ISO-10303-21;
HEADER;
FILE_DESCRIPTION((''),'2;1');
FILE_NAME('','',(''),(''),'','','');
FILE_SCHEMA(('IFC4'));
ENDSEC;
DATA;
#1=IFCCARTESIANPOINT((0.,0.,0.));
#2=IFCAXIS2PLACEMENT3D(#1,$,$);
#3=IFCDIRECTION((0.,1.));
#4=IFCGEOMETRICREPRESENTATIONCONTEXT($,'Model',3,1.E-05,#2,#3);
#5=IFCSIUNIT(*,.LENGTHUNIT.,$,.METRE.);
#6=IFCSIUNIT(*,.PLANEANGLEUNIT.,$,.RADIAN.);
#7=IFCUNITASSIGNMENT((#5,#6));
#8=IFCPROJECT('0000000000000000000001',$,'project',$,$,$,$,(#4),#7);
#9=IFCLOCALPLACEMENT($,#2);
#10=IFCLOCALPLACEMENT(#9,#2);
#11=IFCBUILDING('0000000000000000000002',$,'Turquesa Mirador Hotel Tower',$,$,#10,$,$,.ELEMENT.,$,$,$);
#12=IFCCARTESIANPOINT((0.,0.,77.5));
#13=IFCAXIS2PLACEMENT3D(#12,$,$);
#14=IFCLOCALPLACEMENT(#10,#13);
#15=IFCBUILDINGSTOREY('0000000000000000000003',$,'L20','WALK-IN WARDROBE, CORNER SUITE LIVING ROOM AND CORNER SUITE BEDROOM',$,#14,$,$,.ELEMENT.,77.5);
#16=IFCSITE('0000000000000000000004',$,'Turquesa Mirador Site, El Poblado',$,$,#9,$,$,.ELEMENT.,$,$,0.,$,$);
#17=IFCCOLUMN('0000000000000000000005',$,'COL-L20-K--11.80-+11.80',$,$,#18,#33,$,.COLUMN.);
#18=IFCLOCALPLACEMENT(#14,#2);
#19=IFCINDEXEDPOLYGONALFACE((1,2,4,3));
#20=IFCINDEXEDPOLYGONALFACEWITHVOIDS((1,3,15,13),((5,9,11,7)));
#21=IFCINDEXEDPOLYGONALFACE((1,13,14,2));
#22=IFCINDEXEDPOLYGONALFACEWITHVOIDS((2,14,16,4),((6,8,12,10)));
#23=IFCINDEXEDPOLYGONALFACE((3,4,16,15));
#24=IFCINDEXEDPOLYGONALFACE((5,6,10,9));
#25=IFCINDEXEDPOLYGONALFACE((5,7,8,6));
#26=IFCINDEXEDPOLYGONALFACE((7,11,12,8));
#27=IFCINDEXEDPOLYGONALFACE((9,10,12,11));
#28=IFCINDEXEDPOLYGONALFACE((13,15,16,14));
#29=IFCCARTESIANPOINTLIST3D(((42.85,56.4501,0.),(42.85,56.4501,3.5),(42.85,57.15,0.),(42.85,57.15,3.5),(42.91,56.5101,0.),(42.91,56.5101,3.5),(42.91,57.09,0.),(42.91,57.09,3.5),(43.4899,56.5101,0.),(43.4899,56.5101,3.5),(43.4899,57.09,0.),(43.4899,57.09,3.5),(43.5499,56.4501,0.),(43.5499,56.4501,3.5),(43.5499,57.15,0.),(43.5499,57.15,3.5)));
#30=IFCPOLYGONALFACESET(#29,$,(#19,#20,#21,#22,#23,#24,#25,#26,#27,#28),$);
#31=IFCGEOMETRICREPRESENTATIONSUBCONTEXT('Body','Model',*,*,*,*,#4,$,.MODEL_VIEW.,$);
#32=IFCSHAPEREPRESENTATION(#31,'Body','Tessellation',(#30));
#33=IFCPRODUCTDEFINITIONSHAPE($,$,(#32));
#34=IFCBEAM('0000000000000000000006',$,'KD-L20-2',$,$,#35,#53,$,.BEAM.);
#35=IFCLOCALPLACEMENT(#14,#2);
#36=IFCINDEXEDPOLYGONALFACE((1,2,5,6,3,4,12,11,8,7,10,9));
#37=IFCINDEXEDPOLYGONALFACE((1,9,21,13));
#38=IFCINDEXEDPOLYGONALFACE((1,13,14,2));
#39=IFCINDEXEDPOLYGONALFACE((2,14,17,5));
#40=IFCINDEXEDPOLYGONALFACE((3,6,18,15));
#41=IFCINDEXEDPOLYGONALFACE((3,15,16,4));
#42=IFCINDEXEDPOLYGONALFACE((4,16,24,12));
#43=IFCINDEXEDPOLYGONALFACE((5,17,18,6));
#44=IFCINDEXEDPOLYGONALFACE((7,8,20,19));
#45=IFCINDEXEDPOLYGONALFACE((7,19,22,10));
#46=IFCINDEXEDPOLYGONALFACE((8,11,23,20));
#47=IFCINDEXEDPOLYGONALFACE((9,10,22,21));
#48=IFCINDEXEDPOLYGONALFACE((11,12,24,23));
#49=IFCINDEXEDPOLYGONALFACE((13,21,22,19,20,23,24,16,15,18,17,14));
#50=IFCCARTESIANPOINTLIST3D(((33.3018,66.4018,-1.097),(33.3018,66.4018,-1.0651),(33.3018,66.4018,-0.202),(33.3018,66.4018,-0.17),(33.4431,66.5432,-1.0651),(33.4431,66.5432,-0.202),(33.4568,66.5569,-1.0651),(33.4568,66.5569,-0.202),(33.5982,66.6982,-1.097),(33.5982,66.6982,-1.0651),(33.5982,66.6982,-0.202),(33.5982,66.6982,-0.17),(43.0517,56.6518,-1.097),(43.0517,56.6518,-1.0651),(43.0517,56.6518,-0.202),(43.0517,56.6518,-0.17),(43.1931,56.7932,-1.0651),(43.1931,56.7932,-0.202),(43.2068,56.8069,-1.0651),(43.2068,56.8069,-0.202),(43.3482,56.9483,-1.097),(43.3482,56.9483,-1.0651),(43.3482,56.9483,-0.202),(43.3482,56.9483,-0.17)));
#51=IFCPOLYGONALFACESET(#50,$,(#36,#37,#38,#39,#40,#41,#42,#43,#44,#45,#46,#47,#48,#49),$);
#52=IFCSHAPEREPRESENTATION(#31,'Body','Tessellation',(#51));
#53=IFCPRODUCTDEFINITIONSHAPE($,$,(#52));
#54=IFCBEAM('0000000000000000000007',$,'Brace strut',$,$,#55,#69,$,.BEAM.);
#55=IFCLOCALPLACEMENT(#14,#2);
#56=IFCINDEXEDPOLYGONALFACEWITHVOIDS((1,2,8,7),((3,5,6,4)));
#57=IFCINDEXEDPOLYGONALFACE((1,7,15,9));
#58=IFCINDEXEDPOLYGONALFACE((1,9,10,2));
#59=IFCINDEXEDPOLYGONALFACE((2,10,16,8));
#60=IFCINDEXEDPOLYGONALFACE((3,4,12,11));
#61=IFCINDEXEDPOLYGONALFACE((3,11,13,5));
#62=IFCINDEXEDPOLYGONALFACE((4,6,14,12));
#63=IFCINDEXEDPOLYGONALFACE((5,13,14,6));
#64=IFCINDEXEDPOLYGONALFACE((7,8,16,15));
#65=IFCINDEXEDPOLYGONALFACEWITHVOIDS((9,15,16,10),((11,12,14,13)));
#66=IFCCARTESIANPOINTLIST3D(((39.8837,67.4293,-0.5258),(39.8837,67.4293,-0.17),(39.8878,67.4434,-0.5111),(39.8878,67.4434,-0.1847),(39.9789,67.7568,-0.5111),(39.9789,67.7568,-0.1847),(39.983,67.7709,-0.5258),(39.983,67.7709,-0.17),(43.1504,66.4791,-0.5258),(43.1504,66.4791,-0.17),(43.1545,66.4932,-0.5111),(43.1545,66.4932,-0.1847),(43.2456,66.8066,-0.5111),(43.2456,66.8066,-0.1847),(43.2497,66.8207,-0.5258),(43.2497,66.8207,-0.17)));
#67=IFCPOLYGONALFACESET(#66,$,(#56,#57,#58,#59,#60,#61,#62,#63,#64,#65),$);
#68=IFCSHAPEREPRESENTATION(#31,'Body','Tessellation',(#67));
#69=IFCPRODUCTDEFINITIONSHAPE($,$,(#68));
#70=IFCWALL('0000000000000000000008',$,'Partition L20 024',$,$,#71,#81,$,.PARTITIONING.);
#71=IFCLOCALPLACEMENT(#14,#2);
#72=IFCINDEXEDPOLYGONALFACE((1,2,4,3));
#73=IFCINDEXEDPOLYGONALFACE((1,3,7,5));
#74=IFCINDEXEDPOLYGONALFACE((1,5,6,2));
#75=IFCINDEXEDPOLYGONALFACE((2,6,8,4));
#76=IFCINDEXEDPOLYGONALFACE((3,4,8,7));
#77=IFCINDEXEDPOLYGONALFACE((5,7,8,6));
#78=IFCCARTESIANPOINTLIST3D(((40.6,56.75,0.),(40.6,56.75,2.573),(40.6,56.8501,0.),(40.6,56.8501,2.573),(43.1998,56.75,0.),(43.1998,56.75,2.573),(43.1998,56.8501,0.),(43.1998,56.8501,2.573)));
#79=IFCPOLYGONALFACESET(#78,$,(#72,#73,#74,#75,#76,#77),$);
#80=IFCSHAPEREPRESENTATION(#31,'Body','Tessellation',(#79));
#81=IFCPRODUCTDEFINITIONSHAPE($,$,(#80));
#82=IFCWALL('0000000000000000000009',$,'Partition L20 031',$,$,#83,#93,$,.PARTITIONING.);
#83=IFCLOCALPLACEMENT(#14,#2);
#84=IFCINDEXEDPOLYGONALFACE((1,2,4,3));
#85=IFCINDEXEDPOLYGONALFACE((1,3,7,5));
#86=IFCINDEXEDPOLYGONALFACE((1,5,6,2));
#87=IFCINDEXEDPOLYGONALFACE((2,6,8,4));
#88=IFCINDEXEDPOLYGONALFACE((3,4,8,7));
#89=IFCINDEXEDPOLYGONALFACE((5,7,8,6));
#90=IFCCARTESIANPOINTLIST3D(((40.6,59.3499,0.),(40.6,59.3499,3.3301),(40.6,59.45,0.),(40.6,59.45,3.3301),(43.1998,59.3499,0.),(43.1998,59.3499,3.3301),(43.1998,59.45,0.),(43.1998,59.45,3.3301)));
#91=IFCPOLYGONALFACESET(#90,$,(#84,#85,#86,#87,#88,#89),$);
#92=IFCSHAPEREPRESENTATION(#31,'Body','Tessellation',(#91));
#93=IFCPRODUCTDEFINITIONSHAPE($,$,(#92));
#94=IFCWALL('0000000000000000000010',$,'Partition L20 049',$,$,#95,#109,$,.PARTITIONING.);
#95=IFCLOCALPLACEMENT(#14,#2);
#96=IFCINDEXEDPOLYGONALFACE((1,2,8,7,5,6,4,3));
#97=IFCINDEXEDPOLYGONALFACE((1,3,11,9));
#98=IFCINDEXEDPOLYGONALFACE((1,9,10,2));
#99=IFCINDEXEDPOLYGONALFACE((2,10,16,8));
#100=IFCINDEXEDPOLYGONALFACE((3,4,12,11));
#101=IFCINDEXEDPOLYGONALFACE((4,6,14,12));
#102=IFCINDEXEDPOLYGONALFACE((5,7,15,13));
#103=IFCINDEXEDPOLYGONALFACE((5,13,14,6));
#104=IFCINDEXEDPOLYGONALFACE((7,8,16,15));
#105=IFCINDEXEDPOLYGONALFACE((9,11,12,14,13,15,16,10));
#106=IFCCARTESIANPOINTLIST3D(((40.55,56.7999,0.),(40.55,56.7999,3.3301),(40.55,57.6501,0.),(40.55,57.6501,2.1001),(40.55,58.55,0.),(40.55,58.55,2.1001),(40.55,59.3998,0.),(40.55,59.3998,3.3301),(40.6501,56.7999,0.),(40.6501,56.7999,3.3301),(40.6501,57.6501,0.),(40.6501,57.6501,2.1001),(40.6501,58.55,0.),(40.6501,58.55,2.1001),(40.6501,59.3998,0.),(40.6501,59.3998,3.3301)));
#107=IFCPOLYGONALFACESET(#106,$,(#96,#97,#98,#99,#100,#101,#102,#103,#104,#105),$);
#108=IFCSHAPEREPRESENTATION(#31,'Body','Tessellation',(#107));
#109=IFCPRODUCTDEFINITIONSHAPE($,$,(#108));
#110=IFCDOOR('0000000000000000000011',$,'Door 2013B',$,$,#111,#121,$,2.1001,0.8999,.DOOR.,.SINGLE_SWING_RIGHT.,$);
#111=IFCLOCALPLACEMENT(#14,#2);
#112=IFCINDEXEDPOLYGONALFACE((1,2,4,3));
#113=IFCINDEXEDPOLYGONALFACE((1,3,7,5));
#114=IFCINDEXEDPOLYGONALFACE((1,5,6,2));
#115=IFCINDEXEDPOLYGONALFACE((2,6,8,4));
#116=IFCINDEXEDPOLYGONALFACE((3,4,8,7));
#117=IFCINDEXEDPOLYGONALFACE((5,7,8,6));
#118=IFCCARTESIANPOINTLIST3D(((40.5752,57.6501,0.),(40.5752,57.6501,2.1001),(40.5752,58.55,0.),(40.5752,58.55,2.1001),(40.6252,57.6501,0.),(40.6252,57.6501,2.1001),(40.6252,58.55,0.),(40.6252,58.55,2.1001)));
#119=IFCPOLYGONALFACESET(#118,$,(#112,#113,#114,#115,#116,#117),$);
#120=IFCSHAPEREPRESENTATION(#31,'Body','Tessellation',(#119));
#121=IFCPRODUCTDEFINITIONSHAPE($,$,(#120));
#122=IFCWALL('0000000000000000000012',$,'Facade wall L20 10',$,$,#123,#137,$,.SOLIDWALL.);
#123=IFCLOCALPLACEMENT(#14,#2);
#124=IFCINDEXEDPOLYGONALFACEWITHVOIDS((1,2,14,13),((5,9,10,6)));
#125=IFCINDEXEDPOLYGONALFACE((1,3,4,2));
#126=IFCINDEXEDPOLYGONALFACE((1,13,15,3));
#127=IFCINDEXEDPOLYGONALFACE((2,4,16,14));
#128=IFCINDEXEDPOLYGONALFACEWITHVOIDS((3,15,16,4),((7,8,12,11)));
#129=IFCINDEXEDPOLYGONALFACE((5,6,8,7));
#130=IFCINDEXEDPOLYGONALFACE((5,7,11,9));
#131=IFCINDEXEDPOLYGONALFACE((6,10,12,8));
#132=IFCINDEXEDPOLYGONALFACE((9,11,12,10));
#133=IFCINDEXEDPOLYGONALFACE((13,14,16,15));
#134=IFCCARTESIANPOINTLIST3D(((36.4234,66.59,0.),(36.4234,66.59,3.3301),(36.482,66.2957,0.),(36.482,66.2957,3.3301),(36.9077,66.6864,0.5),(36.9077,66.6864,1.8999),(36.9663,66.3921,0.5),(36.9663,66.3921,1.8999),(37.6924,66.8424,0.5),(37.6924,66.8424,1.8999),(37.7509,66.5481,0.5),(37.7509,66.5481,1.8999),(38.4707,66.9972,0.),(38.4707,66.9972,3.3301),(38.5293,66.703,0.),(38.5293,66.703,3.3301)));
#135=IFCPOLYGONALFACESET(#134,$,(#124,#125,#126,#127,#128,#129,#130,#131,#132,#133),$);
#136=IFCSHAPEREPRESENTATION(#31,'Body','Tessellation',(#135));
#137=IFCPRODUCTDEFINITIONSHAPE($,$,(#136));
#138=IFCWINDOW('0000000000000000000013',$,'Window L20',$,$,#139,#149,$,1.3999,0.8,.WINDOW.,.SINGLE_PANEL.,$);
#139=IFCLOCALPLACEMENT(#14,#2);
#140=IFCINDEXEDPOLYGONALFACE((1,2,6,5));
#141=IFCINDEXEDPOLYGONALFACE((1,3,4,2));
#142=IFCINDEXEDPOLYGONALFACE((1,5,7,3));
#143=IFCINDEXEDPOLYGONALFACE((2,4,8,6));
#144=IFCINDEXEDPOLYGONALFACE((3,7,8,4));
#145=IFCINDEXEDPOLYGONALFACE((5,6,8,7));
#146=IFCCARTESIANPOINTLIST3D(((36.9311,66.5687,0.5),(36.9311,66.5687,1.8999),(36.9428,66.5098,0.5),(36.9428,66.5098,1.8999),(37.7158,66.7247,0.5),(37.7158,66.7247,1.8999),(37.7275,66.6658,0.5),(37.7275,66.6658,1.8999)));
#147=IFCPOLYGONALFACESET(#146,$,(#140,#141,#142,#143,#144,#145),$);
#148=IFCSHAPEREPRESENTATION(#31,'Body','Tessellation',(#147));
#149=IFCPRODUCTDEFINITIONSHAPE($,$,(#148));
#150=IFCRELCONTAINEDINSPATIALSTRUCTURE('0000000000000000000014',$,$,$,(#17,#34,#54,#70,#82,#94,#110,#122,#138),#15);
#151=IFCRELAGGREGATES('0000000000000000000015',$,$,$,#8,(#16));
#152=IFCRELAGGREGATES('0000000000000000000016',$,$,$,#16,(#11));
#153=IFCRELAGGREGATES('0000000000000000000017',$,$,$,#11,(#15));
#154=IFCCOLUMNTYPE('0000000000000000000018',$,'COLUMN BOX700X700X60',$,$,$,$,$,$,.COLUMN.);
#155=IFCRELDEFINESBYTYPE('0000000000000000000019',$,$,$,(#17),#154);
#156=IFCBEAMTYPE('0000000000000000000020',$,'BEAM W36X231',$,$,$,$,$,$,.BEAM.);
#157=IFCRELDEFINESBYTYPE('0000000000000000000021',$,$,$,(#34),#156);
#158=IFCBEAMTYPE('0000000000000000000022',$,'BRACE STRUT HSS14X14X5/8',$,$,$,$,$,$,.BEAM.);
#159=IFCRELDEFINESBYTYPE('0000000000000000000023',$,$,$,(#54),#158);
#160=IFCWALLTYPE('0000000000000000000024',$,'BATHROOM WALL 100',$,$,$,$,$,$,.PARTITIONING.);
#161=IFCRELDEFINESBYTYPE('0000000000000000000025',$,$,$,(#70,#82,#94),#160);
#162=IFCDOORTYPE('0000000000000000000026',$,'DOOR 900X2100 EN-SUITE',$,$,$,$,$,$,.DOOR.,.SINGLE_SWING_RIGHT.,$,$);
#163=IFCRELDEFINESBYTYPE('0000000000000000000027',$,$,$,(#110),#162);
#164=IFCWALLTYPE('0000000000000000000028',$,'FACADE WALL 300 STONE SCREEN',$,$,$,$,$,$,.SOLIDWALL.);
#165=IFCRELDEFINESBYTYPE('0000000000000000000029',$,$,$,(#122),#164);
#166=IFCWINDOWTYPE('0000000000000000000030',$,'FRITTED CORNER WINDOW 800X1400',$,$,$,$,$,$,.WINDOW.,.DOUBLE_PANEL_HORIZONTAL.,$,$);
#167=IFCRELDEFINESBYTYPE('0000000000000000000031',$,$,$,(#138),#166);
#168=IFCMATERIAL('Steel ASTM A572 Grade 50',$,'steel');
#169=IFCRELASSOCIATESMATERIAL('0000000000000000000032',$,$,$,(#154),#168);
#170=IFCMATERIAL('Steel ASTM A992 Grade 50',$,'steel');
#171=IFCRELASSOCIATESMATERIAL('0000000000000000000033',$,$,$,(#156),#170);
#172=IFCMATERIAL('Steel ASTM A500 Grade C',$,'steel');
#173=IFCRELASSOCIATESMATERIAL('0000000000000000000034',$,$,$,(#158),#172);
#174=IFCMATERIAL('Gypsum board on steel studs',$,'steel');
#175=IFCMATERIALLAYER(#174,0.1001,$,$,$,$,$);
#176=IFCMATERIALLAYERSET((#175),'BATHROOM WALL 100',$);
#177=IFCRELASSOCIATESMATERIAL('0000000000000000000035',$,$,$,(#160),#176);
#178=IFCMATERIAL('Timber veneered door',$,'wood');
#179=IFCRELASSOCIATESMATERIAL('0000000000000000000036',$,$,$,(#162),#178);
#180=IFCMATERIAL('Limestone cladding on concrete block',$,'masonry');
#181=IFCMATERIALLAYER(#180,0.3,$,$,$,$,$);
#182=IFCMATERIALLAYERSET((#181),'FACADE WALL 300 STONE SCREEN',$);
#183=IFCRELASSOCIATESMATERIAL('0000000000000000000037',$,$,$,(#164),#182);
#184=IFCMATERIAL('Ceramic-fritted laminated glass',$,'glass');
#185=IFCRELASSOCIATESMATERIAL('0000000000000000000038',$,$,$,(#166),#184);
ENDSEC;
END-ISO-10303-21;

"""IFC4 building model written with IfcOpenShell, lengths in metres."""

from ifc_helpers import new_model, si_unit, direction, frame, frame_2d, origin, origin_2d, place, context, subcontext, project, spatial, rectangle, hollow_rectangle, i_section, extrude, material, layer, layer_set, material_profile, profile_set, type_object, element, fill, save


model = new_model("IFC4")

# Units and contexts
model_context = context("Model", 3, precision=1e-05, world=origin(), true_north=direction((0.0, 1.0)))
body_context = subcontext(model_context, "Body", "Model", "MODEL_VIEW")
ifc_project = project(units=[si_unit("LENGTHUNIT", "METRE"), si_unit("PLANEANGLEUNIT", "RADIAN")], contexts=[model_context])

# Site, building, storey
site_placement = place(None, origin())
site = spatial("IfcSite", under=ifc_project, at=site_placement, Name="Turquesa Mirador Site, El Poblado", CompositionType="ELEMENT", RefElevation=0.0)
building_placement = place(site_placement, origin())
building = spatial("IfcBuilding", under=site, at=building_placement, Name="Turquesa Mirador Hotel Tower", CompositionType="ELEMENT")
storey_placement = place(building_placement, frame((0.0, 0.0, 77.5)))
storey = spatial("IfcBuildingStorey", under=building, at=storey_placement, Name="L20", Description="WALK-IN WARDROBE, CORNER SUITE LIVING ROOM AND CORNER SUITE BEDROOM", CompositionType="ELEMENT", Elevation=77.5)

# Column
ifc_material_1 = material(Name="Steel ASTM A572 Grade 50", Category="steel")
ifc_material_profile_1 = material_profile(ifc_material_1, hollow_rectangle(XDim=0.7, YDim=0.7, WallThickness=0.0601, at=origin_2d()), Name="BOX700X700X60")
ifc_profile_set_1 = profile_set([ifc_material_profile_1], Name="Steel ASTM A572 Grade 50")
column_type = type_object("IfcColumnType", Name="COLUMN BOX700X700X60", PredefinedType="COLUMN", material=ifc_profile_set_1)
column_placement = place(storey_placement, frame((43.2, 56.8, 0.0), z_axis=(0.0, 0.0, 1.0), x_axis=(1.0, 0.0, 0.0)))
element("IfcColumn", 1, at=column_placement, inside=storey, type_object=column_type, Name="COL-L20-K--11.80-+11.80", PredefinedType="COLUMN", context=body_context, shape_type="SweptSolid", body=[
    extrude(hollow_rectangle(XDim=0.7, YDim=0.7, WallThickness=0.0601, at=origin_2d()), origin(), (0.0, 0.0, 1.0), 3.5),
])

# Beams
ifc_material_2 = material(Name="Steel ASTM A992 Grade 50", Category="steel")
ifc_material_profile_2 = material_profile(ifc_material_2, i_section(OverallWidth=0.4192, OverallDepth=0.927, WebThickness=0.0193, FlangeThickness=0.032, at=origin_2d()), Name="W36X231")
ifc_profile_set_2 = profile_set([ifc_material_profile_2], Name="Steel ASTM A992 Grade 50")
beam_type_1 = type_object("IfcBeamType", Name="BEAM W36X231", PredefinedType="BEAM", material=ifc_profile_set_2)
beam_1_placement = place(storey_placement, frame((43.2, 56.8, -0.6335), z_axis=(-0.707107, 0.707107, 0.0), x_axis=(-0.707107, -0.707107, 0.0)))
element("IfcBeam", 2, at=beam_1_placement, inside=storey, type_object=beam_type_1, Name="KD-L20-2", PredefinedType="BEAM", context=body_context, shape_type="SweptSolid", body=[
    extrude(i_section(OverallWidth=0.4192, OverallDepth=0.927, WebThickness=0.0193, FlangeThickness=0.032, at=origin_2d()), origin(), (0.0, 0.0, 1.0), 13.7886),
])
ifc_material_3 = material(Name="Steel ASTM A500 Grade C", Category="steel")
ifc_material_profile_3 = material_profile(ifc_material_3, hollow_rectangle(XDim=0.3557, YDim=0.3557, WallThickness=0.0146, at=origin_2d()), Name="HSS14X14X5/8")
ifc_profile_set_3 = profile_set([ifc_material_profile_3], Name="Steel ASTM A500 Grade C")
beam_type_2 = type_object("IfcBeamType", Name="BRACE STRUT HSS14X14X5/8", PredefinedType="BEAM", material=ifc_profile_set_3)
beam_2_placement = place(storey_placement, frame((39.9333, 67.6001, -0.3479), z_axis=(0.960202, -0.279305, 0.0), x_axis=(0.279305, 0.960202, 0.0)))
element("IfcBeam", 3, at=beam_2_placement, inside=storey, type_object=beam_type_2, Name="Brace strut", PredefinedType="BEAM", context=body_context, shape_type="SweptSolid", body=[
    extrude(hollow_rectangle(XDim=0.3557, YDim=0.3557, WallThickness=0.0146, at=origin_2d()), origin(), (0.0, 0.0, 1.0), 3.4021),
])

# Walls
ifc_material_4 = material(Name="Gypsum board on steel studs", Category="steel")
ifc_layer_1 = layer(ifc_material_4, 0.1001)
ifc_layer_set_1 = layer_set([ifc_layer_1], Name="BATHROOM WALL 100")
wall_type_1 = type_object("IfcWallType", Name="BATHROOM WALL 100", PredefinedType="PARTITIONING", material=ifc_layer_set_1)
wall_1_placement = place(storey_placement, frame((40.6001, 56.8, 0.0), z_axis=(0.0, 0.0, 1.0), x_axis=(1.0, 0.0, 0.0)))
element("IfcWall", 4, at=wall_1_placement, inside=storey, type_object=wall_type_1, Name="Partition L20 024", PredefinedType="PARTITIONING", context=body_context, shape_type="SweptSolid", body=[
    extrude(rectangle(XDim=2.5999, YDim=0.1001, at=frame_2d((1.2998, 0.0))), origin(), (0.0, 0.0, 1.0), 2.573),
])
wall_2_placement = place(storey_placement, frame((40.6001, 59.3999, 0.0), z_axis=(0.0, 0.0, 1.0), x_axis=(1.0, 0.0, 0.0)))
element("IfcWall", 5, at=wall_2_placement, inside=storey, type_object=wall_type_1, Name="Partition L20 031", PredefinedType="PARTITIONING", context=body_context, shape_type="SweptSolid", body=[
    extrude(rectangle(XDim=2.5999, YDim=0.1001, at=frame_2d((1.2998, 0.0))), origin(), (0.0, 0.0, 1.0), 3.3301),
])

# Wall, opening, door
wall_3_placement = place(storey_placement, frame((40.6001, 56.8, 0.0), z_axis=(0.0, 0.0, 1.0), x_axis=(0.0, 1.0, 0.0)))
wall_3 = element("IfcWall", 6, at=wall_3_placement, inside=storey, type_object=wall_type_1, Name="Partition L20 049", PredefinedType="PARTITIONING", context=body_context, shape_type="SweptSolid", body=[
    extrude(rectangle(XDim=2.5999, YDim=0.1001, at=frame_2d((1.2998, 0.0))), origin(), (0.0, 0.0, 1.0), 3.3301),
])
opening_1_placement = place(wall_3_placement, frame((0.8501, 0.0, 0.0)))
opening_1 = element("IfcOpeningElement", 7, at=opening_1_placement, cuts=wall_3, PredefinedType="OPENING", context=body_context, shape_type="SweptSolid", body=[
    extrude(rectangle(XDim=0.8999, YDim=2.1001, at=frame_2d((0.45, 1.05))), frame((0.0, 0.0601, 0.0), z_axis=(0.0, -1.0, 0.0), x_axis=(1.0, 0.0, 0.0)), (0.0, 0.0, 1.0), 0.1201),
])
ifc_material_5 = material(Name="Timber veneered door", Category="wood")
door_type = type_object("IfcDoorType", Name="DOOR 900X2100 EN-SUITE", OperationType="SINGLE_SWING_RIGHT", PredefinedType="DOOR", material=ifc_material_5)
door_placement = place(opening_1_placement, origin())
door = element("IfcDoor", 8, at=door_placement, inside=storey, type_object=door_type, Name="Door 2013B", OperationType="SINGLE_SWING_RIGHT", OverallHeight=2.1001, OverallWidth=0.8999, PredefinedType="DOOR", context=body_context, shape_type="SweptSolid", body=[
    extrude(rectangle(XDim=0.8999, YDim=2.1001, at=frame_2d((0.45, 1.05))), frame((0.0, 0.0249, 0.0), z_axis=(0.0, -1.0, 0.0), x_axis=(1.0, 0.0, 0.0)), (0.0, 0.0, 1.0), 0.05),
])
fill(opening_1, door)

# Wall, opening, window
ifc_material_6 = material(Name="Limestone cladding on concrete block", Category="masonry")
ifc_layer_2 = layer(ifc_material_6, 0.3)
ifc_layer_set_2 = layer_set([ifc_layer_2], Name="FACADE WALL 300 STONE SCREEN")
wall_type_2 = type_object("IfcWallType", Name="FACADE WALL 300 STONE SCREEN", PredefinedType="SOLIDWALL", material=ifc_layer_set_2)
wall_4_placement = place(storey_placement, frame((38.5, 66.8501, 0.0), z_axis=(0.0, 0.0, 1.0), x_axis=(-0.980787, -0.195081, 0.0)))
wall_4 = element("IfcWall", 9, at=wall_4_placement, inside=storey, type_object=wall_type_2, Name="Facade wall L20 10", PredefinedType="SOLIDWALL", context=body_context, shape_type="SweptSolid", body=[
    extrude(rectangle(XDim=2.0874, YDim=0.3, at=frame_2d((1.0437, 0.0))), origin(), (0.0, 0.0, 1.0), 3.3301),
])
opening_2_placement = place(wall_4_placement, frame((0.7937, 0.0, 0.5)))
opening_2 = element("IfcOpeningElement", 10, at=opening_2_placement, cuts=wall_4, PredefinedType="OPENING", context=body_context, shape_type="SweptSolid", body=[
    extrude(rectangle(XDim=0.8, YDim=1.3999, at=frame_2d((0.3999, 0.7))), frame((0.0, 0.1599, 0.0), z_axis=(0.0, -1.0, 0.0), x_axis=(1.0, 0.0, 0.0)), (0.0, 0.0, 1.0), 0.3201),
])
ifc_material_7 = material(Name="Ceramic-fritted laminated glass", Category="glass")
window_type_1 = type_object("IfcWindowType", Name="FRITTED CORNER WINDOW 800X1400", PartitioningType="DOUBLE_PANEL_HORIZONTAL", PredefinedType="WINDOW", material=ifc_material_7)
window_1_placement = place(opening_2_placement, origin())
window_1 = element("IfcWindow", 11, at=window_1_placement, inside=storey, type_object=window_type_1, Name="Window L20", OverallHeight=1.3999, OverallWidth=0.8, PartitioningType="SINGLE_PANEL", PredefinedType="WINDOW", context=body_context, shape_type="SweptSolid", body=[
    extrude(rectangle(XDim=0.8, YDim=1.3999, at=frame_2d((0.3999, 0.7))), frame((0.0, 0.03, 0.0), z_axis=(0.0, -1.0, 0.0), x_axis=(1.0, 0.0, 0.0)), (0.0, 0.0, 1.0), 0.0601),
])
fill(opening_2, window_1)

save(model, "model.ifc")
